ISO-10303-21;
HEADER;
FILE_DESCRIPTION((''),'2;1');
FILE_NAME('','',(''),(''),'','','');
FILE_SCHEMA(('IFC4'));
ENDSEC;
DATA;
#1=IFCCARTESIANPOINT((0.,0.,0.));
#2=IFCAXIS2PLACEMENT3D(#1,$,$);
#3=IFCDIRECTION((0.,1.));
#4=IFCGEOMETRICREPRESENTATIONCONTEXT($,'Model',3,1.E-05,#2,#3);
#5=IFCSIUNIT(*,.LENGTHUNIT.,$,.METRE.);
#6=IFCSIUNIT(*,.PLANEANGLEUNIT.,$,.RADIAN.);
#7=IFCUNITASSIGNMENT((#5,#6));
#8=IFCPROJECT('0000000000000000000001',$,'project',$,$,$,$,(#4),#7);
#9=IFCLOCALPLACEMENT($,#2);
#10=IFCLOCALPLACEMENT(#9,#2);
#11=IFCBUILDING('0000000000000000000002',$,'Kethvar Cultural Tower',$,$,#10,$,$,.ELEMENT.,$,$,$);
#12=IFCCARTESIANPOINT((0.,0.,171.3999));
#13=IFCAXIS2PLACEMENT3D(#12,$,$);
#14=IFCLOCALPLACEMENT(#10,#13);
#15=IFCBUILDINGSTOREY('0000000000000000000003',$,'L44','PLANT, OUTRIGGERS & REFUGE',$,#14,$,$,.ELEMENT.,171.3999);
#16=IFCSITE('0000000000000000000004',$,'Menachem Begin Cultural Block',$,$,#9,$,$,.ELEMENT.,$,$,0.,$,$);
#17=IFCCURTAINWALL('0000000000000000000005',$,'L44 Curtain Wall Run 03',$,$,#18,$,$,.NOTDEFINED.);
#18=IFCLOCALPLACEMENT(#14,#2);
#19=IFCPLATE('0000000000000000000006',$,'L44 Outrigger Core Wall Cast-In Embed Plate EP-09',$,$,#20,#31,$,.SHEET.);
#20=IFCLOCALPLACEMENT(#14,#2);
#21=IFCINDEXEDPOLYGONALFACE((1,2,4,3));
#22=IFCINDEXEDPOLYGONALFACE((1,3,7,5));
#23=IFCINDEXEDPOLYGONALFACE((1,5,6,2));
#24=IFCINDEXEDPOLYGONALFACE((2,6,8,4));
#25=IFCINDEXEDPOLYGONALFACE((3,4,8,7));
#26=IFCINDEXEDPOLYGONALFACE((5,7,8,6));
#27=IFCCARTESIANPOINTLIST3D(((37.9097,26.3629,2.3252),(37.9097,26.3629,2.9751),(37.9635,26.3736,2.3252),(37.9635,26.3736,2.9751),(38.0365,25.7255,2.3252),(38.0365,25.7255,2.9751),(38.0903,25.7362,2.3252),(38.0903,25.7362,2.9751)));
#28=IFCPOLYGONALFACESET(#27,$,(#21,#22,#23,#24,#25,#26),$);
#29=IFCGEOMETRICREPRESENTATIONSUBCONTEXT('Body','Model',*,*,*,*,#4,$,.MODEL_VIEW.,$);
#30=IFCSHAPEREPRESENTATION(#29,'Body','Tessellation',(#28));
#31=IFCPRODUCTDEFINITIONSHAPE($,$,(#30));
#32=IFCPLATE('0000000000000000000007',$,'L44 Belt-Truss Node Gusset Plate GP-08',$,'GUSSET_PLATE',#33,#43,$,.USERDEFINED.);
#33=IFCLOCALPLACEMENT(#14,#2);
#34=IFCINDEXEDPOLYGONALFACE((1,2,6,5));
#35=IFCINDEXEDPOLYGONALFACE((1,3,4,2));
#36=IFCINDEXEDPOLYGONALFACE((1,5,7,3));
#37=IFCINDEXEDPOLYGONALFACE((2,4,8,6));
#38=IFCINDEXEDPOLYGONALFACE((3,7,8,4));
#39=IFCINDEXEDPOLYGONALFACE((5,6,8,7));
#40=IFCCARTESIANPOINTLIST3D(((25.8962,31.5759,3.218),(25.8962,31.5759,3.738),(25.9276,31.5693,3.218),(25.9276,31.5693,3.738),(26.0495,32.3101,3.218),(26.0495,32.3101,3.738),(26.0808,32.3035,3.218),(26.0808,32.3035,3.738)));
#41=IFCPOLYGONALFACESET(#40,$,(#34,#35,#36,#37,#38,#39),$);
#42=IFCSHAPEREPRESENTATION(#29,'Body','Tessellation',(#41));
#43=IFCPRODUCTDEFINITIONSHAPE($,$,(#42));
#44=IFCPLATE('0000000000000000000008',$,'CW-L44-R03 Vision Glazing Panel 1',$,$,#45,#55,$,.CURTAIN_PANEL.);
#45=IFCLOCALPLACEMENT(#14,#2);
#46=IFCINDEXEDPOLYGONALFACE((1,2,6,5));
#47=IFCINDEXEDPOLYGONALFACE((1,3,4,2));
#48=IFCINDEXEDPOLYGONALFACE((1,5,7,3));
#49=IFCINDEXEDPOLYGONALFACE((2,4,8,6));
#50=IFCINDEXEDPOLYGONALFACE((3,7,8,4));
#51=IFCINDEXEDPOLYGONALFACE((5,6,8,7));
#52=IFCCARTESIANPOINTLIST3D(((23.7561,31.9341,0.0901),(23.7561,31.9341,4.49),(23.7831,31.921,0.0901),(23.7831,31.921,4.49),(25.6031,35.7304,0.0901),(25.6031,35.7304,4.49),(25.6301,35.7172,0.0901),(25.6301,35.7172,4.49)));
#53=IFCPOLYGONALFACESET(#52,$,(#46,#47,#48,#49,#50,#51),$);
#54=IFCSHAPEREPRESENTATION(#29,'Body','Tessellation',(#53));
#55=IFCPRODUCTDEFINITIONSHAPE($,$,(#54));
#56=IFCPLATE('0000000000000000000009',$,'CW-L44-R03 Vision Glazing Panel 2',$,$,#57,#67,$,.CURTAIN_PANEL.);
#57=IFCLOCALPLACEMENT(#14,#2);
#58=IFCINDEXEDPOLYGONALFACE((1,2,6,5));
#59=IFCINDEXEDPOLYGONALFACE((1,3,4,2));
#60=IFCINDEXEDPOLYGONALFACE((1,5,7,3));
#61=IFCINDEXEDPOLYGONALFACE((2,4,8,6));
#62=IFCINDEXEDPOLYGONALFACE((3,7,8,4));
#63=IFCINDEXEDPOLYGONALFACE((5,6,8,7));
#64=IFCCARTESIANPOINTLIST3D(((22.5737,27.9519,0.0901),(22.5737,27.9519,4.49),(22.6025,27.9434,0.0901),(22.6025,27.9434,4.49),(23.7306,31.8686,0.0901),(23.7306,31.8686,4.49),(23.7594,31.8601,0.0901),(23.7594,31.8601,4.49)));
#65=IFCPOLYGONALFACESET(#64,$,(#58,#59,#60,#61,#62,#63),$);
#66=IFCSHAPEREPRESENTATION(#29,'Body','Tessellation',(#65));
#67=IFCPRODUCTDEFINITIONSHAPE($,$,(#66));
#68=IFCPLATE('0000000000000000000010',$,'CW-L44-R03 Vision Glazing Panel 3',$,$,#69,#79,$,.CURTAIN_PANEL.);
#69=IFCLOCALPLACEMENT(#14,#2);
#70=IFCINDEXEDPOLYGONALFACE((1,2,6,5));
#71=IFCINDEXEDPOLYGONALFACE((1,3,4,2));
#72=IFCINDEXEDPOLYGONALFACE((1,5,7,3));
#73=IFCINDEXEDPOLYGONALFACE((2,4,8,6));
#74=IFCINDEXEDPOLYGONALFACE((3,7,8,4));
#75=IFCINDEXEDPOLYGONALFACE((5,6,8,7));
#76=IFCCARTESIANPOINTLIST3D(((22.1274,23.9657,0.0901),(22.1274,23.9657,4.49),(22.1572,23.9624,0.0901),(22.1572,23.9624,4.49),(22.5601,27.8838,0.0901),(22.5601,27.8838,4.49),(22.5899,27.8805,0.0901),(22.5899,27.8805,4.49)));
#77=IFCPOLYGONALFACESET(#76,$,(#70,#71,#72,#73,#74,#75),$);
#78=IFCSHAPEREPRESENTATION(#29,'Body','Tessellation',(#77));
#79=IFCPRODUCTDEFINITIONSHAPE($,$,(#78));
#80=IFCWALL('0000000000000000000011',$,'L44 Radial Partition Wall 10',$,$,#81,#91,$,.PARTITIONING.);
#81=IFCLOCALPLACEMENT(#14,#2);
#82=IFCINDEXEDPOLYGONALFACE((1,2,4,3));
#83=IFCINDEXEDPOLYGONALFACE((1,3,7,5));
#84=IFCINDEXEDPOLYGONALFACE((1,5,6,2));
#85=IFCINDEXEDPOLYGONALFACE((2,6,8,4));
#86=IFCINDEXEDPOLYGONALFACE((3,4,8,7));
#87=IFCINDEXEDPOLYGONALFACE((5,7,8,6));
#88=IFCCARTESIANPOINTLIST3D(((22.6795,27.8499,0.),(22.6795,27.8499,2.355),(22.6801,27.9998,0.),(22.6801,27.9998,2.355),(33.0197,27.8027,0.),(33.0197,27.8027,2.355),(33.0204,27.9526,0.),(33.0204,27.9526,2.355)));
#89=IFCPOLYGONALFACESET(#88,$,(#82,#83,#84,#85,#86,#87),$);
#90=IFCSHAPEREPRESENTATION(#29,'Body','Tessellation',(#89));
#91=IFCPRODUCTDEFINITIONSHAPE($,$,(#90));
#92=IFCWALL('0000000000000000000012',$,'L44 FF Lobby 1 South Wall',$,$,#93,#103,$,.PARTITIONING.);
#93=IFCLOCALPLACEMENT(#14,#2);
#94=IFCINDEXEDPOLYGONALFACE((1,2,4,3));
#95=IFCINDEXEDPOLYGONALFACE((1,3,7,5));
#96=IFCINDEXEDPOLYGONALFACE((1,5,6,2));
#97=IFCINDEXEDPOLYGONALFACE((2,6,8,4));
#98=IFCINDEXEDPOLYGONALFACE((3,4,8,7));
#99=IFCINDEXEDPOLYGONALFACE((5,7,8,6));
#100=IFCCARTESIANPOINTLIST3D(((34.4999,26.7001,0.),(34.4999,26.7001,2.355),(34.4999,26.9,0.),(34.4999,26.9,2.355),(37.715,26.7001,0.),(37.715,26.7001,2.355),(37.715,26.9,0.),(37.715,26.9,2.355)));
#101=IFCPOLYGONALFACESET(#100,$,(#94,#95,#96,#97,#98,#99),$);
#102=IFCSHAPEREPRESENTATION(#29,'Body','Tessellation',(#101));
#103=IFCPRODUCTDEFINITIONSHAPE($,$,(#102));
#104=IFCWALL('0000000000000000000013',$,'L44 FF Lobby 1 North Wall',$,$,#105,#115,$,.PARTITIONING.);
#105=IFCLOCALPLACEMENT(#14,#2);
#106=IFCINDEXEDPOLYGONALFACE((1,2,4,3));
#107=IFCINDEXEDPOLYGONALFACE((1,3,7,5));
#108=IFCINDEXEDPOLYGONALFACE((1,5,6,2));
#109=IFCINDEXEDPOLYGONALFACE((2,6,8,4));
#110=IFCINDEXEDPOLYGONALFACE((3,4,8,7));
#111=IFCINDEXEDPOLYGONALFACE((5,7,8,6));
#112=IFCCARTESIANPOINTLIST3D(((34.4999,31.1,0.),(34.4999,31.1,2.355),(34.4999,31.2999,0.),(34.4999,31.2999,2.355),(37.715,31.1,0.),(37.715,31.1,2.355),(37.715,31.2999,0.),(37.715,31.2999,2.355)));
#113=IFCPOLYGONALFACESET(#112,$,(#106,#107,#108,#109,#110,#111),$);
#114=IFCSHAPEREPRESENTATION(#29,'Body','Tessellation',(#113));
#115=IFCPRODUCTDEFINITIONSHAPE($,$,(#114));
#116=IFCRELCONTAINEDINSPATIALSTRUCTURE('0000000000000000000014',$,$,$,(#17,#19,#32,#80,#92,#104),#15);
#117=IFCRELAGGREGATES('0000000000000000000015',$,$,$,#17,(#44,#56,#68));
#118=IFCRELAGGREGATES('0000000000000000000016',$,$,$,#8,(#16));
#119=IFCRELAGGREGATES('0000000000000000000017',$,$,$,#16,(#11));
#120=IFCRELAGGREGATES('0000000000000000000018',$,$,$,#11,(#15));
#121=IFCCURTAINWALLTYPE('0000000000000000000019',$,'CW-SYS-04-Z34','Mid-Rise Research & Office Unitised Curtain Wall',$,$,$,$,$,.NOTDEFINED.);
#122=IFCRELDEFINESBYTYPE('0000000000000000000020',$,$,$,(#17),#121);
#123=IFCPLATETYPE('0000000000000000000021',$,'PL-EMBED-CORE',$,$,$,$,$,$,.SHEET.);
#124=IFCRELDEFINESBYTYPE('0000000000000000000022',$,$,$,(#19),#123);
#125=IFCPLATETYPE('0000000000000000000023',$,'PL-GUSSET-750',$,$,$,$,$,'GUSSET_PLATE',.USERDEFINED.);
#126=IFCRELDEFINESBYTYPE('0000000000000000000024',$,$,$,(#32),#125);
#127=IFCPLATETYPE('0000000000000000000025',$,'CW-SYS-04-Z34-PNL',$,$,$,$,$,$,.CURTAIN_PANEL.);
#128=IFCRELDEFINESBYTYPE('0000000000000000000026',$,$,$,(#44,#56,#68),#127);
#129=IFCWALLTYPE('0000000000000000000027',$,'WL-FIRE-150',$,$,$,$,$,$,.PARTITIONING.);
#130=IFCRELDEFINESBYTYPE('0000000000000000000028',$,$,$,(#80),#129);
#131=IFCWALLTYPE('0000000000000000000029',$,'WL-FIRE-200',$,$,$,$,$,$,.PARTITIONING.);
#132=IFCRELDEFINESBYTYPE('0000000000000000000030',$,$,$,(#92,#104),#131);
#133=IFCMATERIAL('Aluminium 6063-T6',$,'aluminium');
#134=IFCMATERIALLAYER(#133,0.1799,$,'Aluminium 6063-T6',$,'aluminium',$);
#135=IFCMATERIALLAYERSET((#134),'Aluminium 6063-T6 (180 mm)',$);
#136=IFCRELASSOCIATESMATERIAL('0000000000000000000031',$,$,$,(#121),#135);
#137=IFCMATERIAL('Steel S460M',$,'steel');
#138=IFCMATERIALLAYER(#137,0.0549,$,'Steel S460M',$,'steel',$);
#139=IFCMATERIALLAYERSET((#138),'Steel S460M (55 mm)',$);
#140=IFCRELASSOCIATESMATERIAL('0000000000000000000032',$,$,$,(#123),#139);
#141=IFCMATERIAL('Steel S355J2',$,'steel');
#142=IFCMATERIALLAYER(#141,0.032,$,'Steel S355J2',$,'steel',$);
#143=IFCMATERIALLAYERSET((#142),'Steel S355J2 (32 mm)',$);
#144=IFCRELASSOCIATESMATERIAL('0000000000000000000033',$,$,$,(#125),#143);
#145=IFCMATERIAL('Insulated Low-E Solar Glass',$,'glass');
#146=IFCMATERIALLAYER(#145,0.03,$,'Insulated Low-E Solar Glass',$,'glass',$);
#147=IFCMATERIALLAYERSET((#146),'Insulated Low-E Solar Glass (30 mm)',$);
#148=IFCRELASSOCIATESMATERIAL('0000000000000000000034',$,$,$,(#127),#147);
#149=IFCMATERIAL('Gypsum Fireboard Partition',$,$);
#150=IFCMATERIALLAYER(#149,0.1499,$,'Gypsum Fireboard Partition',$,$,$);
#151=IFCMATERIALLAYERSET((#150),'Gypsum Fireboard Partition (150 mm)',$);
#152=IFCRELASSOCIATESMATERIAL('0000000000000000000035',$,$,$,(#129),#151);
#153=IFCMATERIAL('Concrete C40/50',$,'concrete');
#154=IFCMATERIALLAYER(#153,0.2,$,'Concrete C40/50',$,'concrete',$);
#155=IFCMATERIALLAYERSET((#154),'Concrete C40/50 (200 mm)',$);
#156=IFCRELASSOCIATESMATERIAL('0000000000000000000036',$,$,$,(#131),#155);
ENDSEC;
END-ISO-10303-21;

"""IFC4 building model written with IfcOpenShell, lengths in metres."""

from ifc_helpers import new_model, si_unit, direction, frame, frame_2d, origin, origin_2d, place, context, subcontext, project, spatial, rectangle, extrude, source, transform, mapped, material, layer, layer_set, type_object, element, aggregate, save


model = new_model("IFC4")

# Units and contexts
model_context = context("Model", 3, precision=1e-05, world=origin(), true_north=direction((0.0, 1.0)))
body_context = subcontext(model_context, "Body", "Model", "MODEL_VIEW")
ifc_project = project(units=[si_unit("LENGTHUNIT", "METRE"), si_unit("PLANEANGLEUNIT", "RADIAN")], contexts=[model_context])

# Site, building, storey
site_placement = place(None, origin())
site = spatial("IfcSite", under=ifc_project, at=site_placement, Name="Menachem Begin Cultural Block", CompositionType="ELEMENT", RefElevation=0.0)
building_placement = place(site_placement, origin())
building = spatial("IfcBuilding", under=site, at=building_placement, Name="Kethvar Cultural Tower", CompositionType="ELEMENT")
storey_placement = place(building_placement, frame((0.0, 0.0, 171.3999)))
storey = spatial("IfcBuildingStorey", under=building, at=storey_placement, Name="L44", Description="PLANT, OUTRIGGERS & REFUGE", CompositionType="ELEMENT", Elevation=171.3999)

# Shared definitions
ifc_material_1 = material(Name="Steel S460M", Category="steel")

# Curtain wall
ifc_material_2 = material(Name="Aluminium 6063-T6", Category="aluminium")
ifc_layer_1 = layer(ifc_material_2, 0.1799, Name="Aluminium 6063-T6", Category="aluminium")
ifc_layer_set_1 = layer_set([ifc_layer_1], Name="Aluminium 6063-T6 (180 mm)")
curtain_wall_type = type_object("IfcCurtainWallType", Name="CW-SYS-04-Z34", Description="Mid-Rise Research & Office Unitised Curtain Wall", PredefinedType="NOTDEFINED", material=ifc_layer_set_1)
curtain_wall_placement = place(storey_placement, origin())
curtain_wall = element("IfcCurtainWall", 1, at=curtain_wall_placement, inside=storey, type_object=curtain_wall_type, Name="L44 Curtain Wall Run 03", PredefinedType="NOTDEFINED")

# Plates
ifc_layer_2 = layer(ifc_material_1, 0.0549, Name="Steel S460M", Category="steel")
ifc_layer_set_2 = layer_set([ifc_layer_2], Name="Steel S460M (55 mm)")
plate_type_1 = type_object("IfcPlateType", Name="PL-EMBED-CORE", PredefinedType="SHEET", material=ifc_layer_set_2)
shared_shape_1 = source(origin(), body_context, "Body", "SweptSolid", [
    extrude(rectangle(XDim=0.0549, YDim=0.6499, at=origin_2d()), origin(), (0.0, 0.0, 1.0), 0.6499),
])
plate_1_placement = place(storey_placement, frame((38.0, 26.0496, 2.3252), z_axis=(0.0, 0.0, 1.0), x_axis=(-0.980785, -0.19509, 0.0)))
element("IfcPlate", 2, at=plate_1_placement, inside=storey, type_object=plate_type_1, Name="L44 Outrigger Core Wall Cast-In Embed Plate EP-09", PredefinedType="SHEET", context=body_context, shape_type="MappedRepresentation", body=[
    mapped(shared_shape_1, transform((0.0, 0.0, 0.0), scale=1.0)),
])
ifc_material_3 = material(Name="Steel S355J2", Category="steel")
ifc_layer_3 = layer(ifc_material_3, 0.032, Name="Steel S355J2", Category="steel")
ifc_layer_set_3 = layer_set([ifc_layer_3], Name="Steel S355J2 (32 mm)")
plate_type_2 = type_object("IfcPlateType", Name="PL-GUSSET-750", ElementType="GUSSET_PLATE", PredefinedType="USERDEFINED", material=ifc_layer_set_3)
shared_shape_2 = source(origin(), body_context, "Body", "SweptSolid", [
    extrude(rectangle(XDim=0.75, YDim=0.032, at=origin_2d()), origin(), (0.0, 0.0, 1.0), 0.52),
])
plate_2_placement = place(storey_placement, frame((25.9885, 31.9397, 3.218), z_axis=(0.0, 0.0, 1.0), x_axis=(-0.204336, -0.978901, 0.0)))
element("IfcPlate", 3, at=plate_2_placement, inside=storey, type_object=plate_type_2, Name="L44 Belt-Truss Node Gusset Plate GP-08", ObjectType="GUSSET_PLATE", PredefinedType="USERDEFINED", context=body_context, shape_type="MappedRepresentation", body=[
    mapped(shared_shape_2, transform((0.0, 0.0, 0.0), scale=1.0)),
])

# Plates
ifc_material_4 = material(Name="Insulated Low-E Solar Glass", Category="glass")
ifc_layer_4 = layer(ifc_material_4, 0.03, Name="Insulated Low-E Solar Glass", Category="glass")
ifc_layer_set_4 = layer_set([ifc_layer_4], Name="Insulated Low-E Solar Glass (30 mm)")
plate_type_3 = type_object("IfcPlateType", Name="CW-SYS-04-Z34-PNL", PredefinedType="CURTAIN_PANEL", material=ifc_layer_set_4)
shared_shape_3 = source(origin(), body_context, "Body", "SweptSolid", [
    extrude(rectangle(XDim=4.2217, YDim=0.03, at=origin_2d()), origin(), (0.0, 0.0, 1.0), 4.3999),
])
plate_3_placement = place(storey_placement, frame((24.6931, 33.8257, 0.0901), z_axis=(0.0, 0.0, 1.0), x_axis=(-0.437492, -0.899222, 0.0)))
plate_3 = element("IfcPlate", 4, at=plate_3_placement, type_object=plate_type_3, Name="CW-L44-R03 Vision Glazing Panel 1", PredefinedType="CURTAIN_PANEL", context=body_context, shape_type="MappedRepresentation", body=[
    mapped(shared_shape_3, transform((0.0, 0.0, 0.0), scale=1.0)),
])
shared_shape_4 = source(origin(), body_context, "Body", "SweptSolid", [
    extrude(rectangle(XDim=4.084, YDim=0.03, at=origin_2d()), origin(), (0.0, 0.0, 1.0), 4.3999),
])
plate_4_placement = place(storey_placement, frame((23.1665, 29.906, 0.0901), z_axis=(0.0, 0.0, 1.0), x_axis=(-0.283279, -0.959038, 0.0)))
plate_4 = element("IfcPlate", 5, at=plate_4_placement, type_object=plate_type_3, Name="CW-L44-R03 Vision Glazing Panel 2", PredefinedType="CURTAIN_PANEL", context=body_context, shape_type="MappedRepresentation", body=[
    mapped(shared_shape_4, transform((0.0, 0.0, 0.0), scale=1.0)),
])
shared_shape_5 = source(origin(), body_context, "Body", "SweptSolid", [
    extrude(rectangle(XDim=3.9419, YDim=0.03, at=origin_2d()), origin(), (0.0, 0.0, 1.0), 4.3999),
])
plate_5_placement = place(storey_placement, frame((22.3586, 25.9231, 0.0901), z_axis=(0.0, 0.0, 1.0), x_axis=(-0.109769, -0.993957, 0.0)))
plate_5 = element("IfcPlate", 6, at=plate_5_placement, type_object=plate_type_3, Name="CW-L44-R03 Vision Glazing Panel 3", PredefinedType="CURTAIN_PANEL", context=body_context, shape_type="MappedRepresentation", body=[
    mapped(shared_shape_5, transform((0.0, 0.0, 0.0), scale=1.0)),
])
aggregate(curtain_wall, [plate_3, plate_4, plate_5])

# Wall
ifc_material_5 = material(Name="Gypsum Fireboard Partition")
ifc_layer_5 = layer(ifc_material_5, 0.1499, Name="Gypsum Fireboard Partition")
ifc_layer_set_5 = layer_set([ifc_layer_5], Name="Gypsum Fireboard Partition (150 mm)")
wall_type_1 = type_object("IfcWallType", Name="WL-FIRE-150", PredefinedType="PARTITIONING", material=ifc_layer_set_5)
wall_1_placement = place(storey_placement, frame((33.02, 27.8777, 0.0), z_axis=(0.0, 0.0, 1.0), x_axis=(-0.99999, 0.004557, 0.0)))
element("IfcWall", 7, at=wall_1_placement, inside=storey, type_object=wall_type_1, Name="L44 Radial Partition Wall 10", PredefinedType="PARTITIONING", context=body_context, shape_type="SweptSolid", body=[
    extrude(rectangle(XDim=10.3403, YDim=0.1499, at=frame_2d((5.1702, 0.0))), origin(), (0.0, 0.0, 1.0), 2.355),
])

# Shared definitions
ifc_material_6 = material(Name="Concrete C40/50", Category="concrete")
ifc_layer_6 = layer(ifc_material_6, 0.2, Name="Concrete C40/50", Category="concrete")
ifc_layer_set_6 = layer_set([ifc_layer_6], Name="Concrete C40/50 (200 mm)")
wall_type_2 = type_object("IfcWallType", Name="WL-FIRE-200", PredefinedType="PARTITIONING", material=ifc_layer_set_6)

# Walls
for number, where, z_axis, x_axis, name in (
    (8, (34.5, 26.8, 0.0), (0.0, 0.0, 1.0), (1.0, 0.0, 0.0), "L44 FF Lobby 1 South Wall"),
    (9, (34.5, 31.2, 0.0), (0.0, 0.0, 1.0), (1.0, 0.0, 0.0), "L44 FF Lobby 1 North Wall"),
):
    element("IfcWall", number, at=place(storey_placement, frame(where, z_axis=z_axis, x_axis=x_axis)), inside=storey, type_object=wall_type_2, Name=name, PredefinedType="PARTITIONING", context=body_context, shape_type="SweptSolid", body=[
        extrude(rectangle(XDim=3.2151, YDim=0.2, at=frame_2d((1.6074, 0.0))), origin(), (0.0, 0.0, 1.0), 2.355),
    ])

save(model, "model.ifc")
